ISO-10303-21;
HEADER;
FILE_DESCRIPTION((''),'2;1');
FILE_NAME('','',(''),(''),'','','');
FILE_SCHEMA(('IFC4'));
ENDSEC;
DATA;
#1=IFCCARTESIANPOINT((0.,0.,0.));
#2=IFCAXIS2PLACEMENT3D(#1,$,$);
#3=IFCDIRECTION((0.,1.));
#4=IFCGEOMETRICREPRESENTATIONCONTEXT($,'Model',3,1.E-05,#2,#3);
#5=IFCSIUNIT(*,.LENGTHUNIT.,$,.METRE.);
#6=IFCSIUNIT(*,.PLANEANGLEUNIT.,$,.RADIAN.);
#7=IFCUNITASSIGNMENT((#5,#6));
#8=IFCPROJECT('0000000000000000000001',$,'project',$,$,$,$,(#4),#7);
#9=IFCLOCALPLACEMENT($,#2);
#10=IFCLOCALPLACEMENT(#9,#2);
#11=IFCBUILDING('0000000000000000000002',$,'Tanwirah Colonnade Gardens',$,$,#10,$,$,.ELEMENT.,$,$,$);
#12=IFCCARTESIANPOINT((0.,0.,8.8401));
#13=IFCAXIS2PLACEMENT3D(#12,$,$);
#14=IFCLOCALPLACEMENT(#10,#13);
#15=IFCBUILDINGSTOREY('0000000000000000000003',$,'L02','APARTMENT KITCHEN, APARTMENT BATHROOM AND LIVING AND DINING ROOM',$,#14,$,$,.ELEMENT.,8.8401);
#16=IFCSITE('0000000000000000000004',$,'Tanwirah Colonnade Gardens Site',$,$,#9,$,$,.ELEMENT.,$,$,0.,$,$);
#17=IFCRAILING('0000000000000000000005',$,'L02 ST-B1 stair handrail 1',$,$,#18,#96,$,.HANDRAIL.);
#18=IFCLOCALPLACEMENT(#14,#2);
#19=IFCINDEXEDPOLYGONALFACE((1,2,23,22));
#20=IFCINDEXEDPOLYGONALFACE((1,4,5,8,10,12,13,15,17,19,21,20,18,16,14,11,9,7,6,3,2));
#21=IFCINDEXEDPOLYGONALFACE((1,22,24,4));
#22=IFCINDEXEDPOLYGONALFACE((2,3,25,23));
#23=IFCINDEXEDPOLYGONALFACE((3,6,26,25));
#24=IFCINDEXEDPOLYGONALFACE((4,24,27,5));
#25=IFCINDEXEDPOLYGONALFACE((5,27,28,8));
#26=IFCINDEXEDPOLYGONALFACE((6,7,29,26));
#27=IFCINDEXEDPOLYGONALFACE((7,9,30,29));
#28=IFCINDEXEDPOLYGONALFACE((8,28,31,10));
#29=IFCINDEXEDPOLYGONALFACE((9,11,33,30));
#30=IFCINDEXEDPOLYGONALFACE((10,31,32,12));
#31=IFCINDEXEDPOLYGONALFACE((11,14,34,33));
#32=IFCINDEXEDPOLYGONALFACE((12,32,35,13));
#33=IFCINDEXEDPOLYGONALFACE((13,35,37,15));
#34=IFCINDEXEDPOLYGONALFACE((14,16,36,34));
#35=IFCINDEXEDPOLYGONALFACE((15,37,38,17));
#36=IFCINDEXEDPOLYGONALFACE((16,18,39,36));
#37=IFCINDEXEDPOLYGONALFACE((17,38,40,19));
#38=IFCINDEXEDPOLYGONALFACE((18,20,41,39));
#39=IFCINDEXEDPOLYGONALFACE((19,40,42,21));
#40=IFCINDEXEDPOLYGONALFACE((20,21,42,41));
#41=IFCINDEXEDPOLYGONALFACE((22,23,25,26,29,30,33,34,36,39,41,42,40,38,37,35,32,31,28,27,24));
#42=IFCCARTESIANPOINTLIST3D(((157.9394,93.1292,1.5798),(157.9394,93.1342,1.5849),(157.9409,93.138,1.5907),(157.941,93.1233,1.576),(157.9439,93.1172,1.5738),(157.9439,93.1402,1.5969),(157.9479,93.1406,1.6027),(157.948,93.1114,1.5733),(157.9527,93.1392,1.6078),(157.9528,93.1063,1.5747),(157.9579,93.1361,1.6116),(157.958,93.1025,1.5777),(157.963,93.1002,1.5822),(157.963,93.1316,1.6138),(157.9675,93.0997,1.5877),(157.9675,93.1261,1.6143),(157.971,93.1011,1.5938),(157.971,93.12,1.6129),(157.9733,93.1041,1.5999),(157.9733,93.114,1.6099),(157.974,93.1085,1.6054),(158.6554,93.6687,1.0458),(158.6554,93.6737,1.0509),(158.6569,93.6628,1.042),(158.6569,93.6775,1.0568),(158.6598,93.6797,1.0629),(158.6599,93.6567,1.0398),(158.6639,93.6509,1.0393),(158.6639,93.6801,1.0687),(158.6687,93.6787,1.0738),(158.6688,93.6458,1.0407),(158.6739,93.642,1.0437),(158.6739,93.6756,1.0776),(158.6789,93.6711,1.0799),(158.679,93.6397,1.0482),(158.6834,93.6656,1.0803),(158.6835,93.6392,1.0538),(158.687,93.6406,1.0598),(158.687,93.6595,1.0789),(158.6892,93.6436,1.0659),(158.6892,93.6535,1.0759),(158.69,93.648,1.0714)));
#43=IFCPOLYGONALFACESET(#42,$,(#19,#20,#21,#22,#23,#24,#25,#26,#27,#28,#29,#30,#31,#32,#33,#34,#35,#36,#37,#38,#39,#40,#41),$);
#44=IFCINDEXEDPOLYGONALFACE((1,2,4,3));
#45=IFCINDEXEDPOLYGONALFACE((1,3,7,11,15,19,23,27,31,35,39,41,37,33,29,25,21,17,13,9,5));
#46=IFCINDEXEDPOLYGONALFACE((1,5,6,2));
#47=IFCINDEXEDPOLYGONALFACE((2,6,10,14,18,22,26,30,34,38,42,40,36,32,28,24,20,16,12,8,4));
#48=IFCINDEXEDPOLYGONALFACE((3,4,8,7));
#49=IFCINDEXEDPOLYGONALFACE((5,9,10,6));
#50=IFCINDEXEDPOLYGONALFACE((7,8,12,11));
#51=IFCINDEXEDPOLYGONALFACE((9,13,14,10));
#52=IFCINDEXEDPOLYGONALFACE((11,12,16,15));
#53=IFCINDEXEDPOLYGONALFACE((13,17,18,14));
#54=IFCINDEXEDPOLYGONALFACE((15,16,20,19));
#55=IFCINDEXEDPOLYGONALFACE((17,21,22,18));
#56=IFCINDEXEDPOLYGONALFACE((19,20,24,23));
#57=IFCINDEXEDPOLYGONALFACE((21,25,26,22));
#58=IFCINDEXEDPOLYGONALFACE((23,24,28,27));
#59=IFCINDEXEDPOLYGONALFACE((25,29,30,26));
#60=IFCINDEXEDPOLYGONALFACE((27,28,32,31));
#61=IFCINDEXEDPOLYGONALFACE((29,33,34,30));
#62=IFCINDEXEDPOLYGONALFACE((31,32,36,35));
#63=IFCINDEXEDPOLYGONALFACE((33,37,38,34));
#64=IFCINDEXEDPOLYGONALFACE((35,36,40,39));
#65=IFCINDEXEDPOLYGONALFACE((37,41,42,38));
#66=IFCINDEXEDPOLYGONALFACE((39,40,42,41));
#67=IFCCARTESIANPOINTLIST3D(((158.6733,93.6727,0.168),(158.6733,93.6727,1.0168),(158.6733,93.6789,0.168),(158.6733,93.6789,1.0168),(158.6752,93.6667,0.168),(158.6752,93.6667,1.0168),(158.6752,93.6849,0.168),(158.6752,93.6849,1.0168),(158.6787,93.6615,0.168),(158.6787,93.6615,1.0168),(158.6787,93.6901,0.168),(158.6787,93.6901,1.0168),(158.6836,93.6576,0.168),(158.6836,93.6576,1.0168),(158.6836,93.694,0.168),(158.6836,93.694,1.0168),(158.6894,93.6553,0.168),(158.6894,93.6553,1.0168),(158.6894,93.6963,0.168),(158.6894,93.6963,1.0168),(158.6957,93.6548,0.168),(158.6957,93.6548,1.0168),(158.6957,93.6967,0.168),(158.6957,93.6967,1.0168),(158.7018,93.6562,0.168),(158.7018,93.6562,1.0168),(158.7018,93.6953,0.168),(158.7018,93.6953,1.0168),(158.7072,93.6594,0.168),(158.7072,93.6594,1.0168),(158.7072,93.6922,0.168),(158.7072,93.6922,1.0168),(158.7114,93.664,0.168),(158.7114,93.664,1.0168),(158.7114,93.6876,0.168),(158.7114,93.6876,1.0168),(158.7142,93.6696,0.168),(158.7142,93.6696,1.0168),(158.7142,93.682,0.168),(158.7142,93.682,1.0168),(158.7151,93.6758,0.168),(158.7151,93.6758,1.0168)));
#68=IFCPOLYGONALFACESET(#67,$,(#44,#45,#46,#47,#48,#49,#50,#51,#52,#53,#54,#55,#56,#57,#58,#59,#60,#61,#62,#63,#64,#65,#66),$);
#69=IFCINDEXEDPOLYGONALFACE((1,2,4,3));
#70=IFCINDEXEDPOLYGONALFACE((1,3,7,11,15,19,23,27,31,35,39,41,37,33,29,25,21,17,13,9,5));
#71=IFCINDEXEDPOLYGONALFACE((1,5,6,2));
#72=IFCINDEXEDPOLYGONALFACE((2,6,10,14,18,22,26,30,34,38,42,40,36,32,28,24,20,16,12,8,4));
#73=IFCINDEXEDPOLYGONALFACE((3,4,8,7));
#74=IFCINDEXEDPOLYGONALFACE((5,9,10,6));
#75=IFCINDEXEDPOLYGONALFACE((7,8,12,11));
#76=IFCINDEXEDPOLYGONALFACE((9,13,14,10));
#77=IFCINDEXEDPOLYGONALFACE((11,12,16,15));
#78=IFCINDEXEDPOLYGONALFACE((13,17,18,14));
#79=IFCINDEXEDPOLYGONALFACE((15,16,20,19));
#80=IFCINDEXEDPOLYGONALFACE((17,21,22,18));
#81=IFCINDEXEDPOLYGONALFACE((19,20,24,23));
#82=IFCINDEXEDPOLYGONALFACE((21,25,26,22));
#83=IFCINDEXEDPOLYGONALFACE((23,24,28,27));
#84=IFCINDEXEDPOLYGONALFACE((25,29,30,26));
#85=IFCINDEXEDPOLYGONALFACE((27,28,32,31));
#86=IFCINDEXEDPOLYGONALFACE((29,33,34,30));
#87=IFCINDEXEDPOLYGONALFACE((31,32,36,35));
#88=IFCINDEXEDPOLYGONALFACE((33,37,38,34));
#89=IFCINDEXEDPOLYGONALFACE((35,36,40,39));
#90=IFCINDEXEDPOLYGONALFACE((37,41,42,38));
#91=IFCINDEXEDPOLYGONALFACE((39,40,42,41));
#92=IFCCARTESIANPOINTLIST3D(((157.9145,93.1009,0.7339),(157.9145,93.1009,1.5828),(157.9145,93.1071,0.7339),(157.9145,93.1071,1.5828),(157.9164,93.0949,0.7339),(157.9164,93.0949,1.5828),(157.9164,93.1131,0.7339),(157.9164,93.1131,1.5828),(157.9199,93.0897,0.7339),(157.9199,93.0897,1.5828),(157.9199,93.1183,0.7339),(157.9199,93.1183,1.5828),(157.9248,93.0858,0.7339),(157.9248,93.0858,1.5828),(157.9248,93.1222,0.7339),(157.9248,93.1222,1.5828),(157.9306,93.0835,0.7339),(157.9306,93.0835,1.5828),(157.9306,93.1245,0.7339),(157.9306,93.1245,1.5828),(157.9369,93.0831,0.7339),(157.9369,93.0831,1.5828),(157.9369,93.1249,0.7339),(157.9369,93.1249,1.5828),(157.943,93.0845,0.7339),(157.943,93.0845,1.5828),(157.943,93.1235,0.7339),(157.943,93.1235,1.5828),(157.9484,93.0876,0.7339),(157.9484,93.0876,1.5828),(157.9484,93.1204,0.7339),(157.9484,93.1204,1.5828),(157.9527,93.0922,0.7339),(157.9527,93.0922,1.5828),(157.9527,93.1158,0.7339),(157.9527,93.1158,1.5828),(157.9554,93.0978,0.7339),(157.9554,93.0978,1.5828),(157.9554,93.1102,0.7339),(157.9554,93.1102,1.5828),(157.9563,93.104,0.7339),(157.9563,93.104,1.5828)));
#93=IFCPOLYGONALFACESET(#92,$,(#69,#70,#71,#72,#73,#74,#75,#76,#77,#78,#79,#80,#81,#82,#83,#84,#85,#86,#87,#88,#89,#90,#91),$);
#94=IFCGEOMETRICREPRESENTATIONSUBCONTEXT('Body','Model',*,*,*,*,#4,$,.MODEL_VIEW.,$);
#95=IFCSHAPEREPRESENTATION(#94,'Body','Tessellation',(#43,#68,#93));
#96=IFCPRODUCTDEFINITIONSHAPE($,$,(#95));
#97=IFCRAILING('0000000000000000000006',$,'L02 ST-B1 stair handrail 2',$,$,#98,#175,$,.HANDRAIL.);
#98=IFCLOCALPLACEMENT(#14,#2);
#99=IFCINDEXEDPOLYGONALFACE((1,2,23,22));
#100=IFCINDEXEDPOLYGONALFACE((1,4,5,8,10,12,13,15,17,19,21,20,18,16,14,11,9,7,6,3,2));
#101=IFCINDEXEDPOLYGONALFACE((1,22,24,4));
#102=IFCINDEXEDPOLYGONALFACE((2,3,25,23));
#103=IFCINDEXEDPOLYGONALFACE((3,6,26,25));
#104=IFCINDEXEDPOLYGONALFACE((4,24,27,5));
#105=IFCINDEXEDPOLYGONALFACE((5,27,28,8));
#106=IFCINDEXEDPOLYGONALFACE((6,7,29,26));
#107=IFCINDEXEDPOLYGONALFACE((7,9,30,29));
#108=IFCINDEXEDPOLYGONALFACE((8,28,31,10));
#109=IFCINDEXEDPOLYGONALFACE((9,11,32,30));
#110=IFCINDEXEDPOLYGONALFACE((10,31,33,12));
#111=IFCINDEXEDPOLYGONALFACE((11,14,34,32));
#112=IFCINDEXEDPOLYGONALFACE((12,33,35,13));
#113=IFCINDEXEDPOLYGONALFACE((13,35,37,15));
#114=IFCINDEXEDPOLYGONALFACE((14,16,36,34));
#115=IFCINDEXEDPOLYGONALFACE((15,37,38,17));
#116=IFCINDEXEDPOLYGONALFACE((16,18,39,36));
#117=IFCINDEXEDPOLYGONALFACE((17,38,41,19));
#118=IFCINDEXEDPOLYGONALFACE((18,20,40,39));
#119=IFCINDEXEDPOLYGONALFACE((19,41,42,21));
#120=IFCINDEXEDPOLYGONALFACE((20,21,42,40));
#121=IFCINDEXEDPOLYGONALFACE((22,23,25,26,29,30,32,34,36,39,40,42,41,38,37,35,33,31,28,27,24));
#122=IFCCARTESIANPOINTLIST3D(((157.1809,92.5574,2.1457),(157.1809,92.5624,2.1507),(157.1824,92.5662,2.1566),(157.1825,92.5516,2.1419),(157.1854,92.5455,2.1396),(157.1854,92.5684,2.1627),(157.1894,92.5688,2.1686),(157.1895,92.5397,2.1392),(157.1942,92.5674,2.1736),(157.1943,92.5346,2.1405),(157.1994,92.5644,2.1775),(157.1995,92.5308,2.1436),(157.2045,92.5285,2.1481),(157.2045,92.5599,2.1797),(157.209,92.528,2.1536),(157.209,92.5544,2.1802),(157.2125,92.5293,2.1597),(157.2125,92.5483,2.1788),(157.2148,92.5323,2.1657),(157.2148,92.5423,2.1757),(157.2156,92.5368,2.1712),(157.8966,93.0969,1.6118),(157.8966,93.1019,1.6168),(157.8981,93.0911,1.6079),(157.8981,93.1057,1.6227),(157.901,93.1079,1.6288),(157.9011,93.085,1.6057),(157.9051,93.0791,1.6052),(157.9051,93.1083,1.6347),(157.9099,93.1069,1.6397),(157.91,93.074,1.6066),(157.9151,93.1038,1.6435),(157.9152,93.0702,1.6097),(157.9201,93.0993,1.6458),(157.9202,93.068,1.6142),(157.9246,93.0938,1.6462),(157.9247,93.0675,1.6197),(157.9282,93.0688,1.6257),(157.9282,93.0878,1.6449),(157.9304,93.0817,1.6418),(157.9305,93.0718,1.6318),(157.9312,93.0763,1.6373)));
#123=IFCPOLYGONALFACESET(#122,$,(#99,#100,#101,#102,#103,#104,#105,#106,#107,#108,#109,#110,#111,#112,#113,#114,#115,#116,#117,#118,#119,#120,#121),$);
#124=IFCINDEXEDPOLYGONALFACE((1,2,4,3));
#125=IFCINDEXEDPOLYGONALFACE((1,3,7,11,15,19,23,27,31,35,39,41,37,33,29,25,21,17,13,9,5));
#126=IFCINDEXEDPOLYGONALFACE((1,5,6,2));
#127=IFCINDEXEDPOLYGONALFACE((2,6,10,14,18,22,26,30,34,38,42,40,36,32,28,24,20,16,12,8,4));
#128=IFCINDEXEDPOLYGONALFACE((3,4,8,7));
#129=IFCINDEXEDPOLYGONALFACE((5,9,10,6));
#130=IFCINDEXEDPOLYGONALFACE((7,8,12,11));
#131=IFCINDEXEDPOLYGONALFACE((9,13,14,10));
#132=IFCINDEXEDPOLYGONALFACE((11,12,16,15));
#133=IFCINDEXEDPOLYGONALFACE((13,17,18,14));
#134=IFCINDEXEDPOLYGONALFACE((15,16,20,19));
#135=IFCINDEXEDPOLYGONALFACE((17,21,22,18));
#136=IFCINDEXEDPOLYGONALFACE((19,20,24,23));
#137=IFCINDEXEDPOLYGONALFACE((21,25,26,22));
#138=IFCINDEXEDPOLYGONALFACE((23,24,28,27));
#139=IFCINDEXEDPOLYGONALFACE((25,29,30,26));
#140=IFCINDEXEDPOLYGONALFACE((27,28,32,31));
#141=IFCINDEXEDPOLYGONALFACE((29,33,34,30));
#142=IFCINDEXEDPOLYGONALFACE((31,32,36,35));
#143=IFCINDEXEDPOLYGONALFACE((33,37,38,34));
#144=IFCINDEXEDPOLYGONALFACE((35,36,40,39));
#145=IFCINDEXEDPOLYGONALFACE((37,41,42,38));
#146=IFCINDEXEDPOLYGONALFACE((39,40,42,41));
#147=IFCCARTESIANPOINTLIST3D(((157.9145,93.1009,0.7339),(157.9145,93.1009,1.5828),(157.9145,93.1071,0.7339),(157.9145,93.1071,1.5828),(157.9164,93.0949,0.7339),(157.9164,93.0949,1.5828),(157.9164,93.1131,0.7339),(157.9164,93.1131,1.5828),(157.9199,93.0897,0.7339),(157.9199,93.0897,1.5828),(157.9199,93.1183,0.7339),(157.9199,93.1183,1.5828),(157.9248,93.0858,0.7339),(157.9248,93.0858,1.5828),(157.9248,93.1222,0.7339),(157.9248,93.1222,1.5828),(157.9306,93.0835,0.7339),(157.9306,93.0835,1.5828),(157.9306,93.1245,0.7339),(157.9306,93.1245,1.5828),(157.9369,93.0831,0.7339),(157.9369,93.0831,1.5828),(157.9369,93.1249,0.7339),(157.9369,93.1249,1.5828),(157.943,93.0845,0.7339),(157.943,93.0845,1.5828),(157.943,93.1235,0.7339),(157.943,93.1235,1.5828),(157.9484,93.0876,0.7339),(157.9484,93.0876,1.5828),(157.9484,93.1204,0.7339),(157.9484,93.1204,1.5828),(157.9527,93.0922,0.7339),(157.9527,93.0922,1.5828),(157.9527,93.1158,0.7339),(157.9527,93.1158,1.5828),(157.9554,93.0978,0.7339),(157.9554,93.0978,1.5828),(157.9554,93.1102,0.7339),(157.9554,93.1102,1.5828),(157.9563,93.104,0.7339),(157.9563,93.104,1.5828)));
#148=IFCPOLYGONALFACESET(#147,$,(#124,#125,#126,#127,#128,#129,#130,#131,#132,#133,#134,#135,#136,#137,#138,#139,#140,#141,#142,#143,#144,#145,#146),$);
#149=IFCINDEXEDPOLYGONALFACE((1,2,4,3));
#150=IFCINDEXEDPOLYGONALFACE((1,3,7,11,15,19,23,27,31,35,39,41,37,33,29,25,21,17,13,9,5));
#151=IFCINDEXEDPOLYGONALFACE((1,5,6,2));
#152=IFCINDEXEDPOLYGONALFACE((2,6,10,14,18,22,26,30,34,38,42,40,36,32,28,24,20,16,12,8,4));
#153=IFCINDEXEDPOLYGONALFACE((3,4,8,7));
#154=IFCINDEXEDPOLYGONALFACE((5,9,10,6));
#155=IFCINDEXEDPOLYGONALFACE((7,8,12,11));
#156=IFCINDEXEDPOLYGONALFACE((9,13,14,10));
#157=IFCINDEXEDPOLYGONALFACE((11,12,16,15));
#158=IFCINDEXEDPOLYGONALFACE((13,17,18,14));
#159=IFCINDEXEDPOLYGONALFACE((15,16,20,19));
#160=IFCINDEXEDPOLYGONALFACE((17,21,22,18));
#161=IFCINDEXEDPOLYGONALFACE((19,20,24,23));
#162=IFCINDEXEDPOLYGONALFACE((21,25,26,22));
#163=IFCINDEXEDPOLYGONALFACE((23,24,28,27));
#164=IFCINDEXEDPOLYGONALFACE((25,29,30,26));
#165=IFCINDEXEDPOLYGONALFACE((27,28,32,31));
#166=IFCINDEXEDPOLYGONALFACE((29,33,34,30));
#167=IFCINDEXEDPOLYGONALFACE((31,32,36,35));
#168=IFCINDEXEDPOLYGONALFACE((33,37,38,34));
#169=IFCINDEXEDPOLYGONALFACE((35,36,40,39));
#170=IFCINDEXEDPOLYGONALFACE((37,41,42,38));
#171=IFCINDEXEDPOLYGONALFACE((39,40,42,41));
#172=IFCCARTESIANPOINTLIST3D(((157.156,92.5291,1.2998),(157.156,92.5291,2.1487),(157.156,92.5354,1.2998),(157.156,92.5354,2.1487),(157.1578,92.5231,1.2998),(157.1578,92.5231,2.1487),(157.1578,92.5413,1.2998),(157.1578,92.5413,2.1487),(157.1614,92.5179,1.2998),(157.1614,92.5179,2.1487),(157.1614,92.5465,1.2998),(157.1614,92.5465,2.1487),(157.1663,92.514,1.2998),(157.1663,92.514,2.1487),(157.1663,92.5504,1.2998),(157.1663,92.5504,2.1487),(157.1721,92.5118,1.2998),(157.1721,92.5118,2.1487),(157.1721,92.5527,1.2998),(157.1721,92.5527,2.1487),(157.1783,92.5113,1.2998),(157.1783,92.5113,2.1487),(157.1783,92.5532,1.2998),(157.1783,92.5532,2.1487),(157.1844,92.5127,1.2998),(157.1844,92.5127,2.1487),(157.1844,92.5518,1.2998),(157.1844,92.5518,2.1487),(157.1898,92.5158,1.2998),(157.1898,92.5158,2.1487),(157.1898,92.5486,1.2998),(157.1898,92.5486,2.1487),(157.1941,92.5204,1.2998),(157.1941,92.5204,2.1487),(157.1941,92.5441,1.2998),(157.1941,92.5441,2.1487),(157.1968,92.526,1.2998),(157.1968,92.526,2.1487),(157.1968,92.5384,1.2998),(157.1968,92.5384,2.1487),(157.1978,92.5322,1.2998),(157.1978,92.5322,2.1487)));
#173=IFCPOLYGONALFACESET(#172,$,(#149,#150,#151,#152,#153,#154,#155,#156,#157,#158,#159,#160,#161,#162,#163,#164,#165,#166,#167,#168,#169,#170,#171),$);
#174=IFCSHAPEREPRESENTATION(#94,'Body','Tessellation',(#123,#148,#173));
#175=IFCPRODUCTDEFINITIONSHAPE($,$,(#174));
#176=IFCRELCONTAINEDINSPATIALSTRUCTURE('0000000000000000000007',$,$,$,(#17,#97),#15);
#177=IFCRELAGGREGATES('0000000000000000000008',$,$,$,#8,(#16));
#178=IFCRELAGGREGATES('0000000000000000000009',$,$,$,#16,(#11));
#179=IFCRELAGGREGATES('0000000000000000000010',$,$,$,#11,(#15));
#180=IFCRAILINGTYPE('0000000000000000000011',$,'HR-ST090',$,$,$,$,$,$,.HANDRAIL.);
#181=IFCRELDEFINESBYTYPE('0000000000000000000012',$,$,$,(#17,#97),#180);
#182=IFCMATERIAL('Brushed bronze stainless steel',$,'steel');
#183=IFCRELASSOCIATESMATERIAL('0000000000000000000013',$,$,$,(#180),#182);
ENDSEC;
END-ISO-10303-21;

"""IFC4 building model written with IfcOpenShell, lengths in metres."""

from ifc_helpers import new_model, si_unit, direction, frame, origin, origin_2d, place, context, subcontext, project, spatial, circle, extrude, material, type_object, element, save


model = new_model("IFC4")

# Units and contexts
model_context = context("Model", 3, precision=1e-05, world=origin(), true_north=direction((0.0, 1.0)))
body_context = subcontext(model_context, "Body", "Model", "MODEL_VIEW")
ifc_project = project(units=[si_unit("LENGTHUNIT", "METRE"), si_unit("PLANEANGLEUNIT", "RADIAN")], contexts=[model_context])

# Site, building, storey
site_placement = place(None, origin())
site = spatial("IfcSite", under=ifc_project, at=site_placement, Name="Tanwirah Colonnade Gardens Site", CompositionType="ELEMENT", RefElevation=0.0)
building_placement = place(site_placement, origin())
building = spatial("IfcBuilding", under=site, at=building_placement, Name="Tanwirah Colonnade Gardens", CompositionType="ELEMENT")
storey_placement = place(building_placement, frame((0.0, 0.0, 8.8401)))
storey = spatial("IfcBuildingStorey", under=building, at=storey_placement, Name="L02", Description="APARTMENT KITCHEN, APARTMENT BATHROOM AND LIVING AND DINING ROOM", CompositionType="ELEMENT", Elevation=8.8401)

# Railings
ifc_material_1 = material(Name="Brushed bronze stainless steel", Category="steel")
railing_type_1 = type_object("IfcRailingType", Name="HR-ST090", PredefinedType="HANDRAIL", material=ifc_material_1)
railing_1_placement = place(storey_placement, frame((158.6941, 93.6758, 0.168)))
element("IfcRailing", 1, at=railing_1_placement, inside=storey, type_object=railing_type_1, Name="L02 ST-B1 stair handrail 1", PredefinedType="HANDRAIL", context=body_context, shape_type="SweptSolid", body=[
    extrude(circle(Radius=0.0239, at=origin_2d()), frame((-0.0215, -0.0161, 0.8918), z_axis=(-0.686145, -0.517037, 0.511739), x_axis=(0.601807, -0.798641, 0.0)), (0.0, 0.0, 1.0), 1.0435),
    extrude(circle(Radius=0.021, at=origin_2d()), origin(), (0.0, 0.0, 1.0), 0.8489),
    extrude(circle(Radius=0.021, at=origin_2d()), frame((-0.7588, -0.5718, 0.5659)), (0.0, 0.0, 1.0), 0.8489),
])
railing_2_placement = place(storey_placement, frame((157.9353, 93.104, 0.7339)))
element("IfcRailing", 2, at=railing_2_placement, inside=storey, type_object=railing_type_1, Name="L02 ST-B1 stair handrail 2", PredefinedType="HANDRAIL", context=body_context, shape_type="SweptSolid", body=[
    extrude(circle(Radius=0.0239, at=origin_2d()), frame((-0.0215, -0.0161, 0.8918), z_axis=(-0.686028, -0.517116, 0.511817), x_axis=(0.601931, -0.798548, 0.0)), (0.0, 0.0, 1.0), 1.0432),
    extrude(circle(Radius=0.021, at=origin_2d()), origin(), (0.0, 0.0, 1.0), 0.8489),
    extrude(circle(Radius=0.021, at=origin_2d()), frame((-0.7585, -0.5718, 0.5659)), (0.0, 0.0, 1.0), 0.8489),
])

save(model, "model.ifc")
